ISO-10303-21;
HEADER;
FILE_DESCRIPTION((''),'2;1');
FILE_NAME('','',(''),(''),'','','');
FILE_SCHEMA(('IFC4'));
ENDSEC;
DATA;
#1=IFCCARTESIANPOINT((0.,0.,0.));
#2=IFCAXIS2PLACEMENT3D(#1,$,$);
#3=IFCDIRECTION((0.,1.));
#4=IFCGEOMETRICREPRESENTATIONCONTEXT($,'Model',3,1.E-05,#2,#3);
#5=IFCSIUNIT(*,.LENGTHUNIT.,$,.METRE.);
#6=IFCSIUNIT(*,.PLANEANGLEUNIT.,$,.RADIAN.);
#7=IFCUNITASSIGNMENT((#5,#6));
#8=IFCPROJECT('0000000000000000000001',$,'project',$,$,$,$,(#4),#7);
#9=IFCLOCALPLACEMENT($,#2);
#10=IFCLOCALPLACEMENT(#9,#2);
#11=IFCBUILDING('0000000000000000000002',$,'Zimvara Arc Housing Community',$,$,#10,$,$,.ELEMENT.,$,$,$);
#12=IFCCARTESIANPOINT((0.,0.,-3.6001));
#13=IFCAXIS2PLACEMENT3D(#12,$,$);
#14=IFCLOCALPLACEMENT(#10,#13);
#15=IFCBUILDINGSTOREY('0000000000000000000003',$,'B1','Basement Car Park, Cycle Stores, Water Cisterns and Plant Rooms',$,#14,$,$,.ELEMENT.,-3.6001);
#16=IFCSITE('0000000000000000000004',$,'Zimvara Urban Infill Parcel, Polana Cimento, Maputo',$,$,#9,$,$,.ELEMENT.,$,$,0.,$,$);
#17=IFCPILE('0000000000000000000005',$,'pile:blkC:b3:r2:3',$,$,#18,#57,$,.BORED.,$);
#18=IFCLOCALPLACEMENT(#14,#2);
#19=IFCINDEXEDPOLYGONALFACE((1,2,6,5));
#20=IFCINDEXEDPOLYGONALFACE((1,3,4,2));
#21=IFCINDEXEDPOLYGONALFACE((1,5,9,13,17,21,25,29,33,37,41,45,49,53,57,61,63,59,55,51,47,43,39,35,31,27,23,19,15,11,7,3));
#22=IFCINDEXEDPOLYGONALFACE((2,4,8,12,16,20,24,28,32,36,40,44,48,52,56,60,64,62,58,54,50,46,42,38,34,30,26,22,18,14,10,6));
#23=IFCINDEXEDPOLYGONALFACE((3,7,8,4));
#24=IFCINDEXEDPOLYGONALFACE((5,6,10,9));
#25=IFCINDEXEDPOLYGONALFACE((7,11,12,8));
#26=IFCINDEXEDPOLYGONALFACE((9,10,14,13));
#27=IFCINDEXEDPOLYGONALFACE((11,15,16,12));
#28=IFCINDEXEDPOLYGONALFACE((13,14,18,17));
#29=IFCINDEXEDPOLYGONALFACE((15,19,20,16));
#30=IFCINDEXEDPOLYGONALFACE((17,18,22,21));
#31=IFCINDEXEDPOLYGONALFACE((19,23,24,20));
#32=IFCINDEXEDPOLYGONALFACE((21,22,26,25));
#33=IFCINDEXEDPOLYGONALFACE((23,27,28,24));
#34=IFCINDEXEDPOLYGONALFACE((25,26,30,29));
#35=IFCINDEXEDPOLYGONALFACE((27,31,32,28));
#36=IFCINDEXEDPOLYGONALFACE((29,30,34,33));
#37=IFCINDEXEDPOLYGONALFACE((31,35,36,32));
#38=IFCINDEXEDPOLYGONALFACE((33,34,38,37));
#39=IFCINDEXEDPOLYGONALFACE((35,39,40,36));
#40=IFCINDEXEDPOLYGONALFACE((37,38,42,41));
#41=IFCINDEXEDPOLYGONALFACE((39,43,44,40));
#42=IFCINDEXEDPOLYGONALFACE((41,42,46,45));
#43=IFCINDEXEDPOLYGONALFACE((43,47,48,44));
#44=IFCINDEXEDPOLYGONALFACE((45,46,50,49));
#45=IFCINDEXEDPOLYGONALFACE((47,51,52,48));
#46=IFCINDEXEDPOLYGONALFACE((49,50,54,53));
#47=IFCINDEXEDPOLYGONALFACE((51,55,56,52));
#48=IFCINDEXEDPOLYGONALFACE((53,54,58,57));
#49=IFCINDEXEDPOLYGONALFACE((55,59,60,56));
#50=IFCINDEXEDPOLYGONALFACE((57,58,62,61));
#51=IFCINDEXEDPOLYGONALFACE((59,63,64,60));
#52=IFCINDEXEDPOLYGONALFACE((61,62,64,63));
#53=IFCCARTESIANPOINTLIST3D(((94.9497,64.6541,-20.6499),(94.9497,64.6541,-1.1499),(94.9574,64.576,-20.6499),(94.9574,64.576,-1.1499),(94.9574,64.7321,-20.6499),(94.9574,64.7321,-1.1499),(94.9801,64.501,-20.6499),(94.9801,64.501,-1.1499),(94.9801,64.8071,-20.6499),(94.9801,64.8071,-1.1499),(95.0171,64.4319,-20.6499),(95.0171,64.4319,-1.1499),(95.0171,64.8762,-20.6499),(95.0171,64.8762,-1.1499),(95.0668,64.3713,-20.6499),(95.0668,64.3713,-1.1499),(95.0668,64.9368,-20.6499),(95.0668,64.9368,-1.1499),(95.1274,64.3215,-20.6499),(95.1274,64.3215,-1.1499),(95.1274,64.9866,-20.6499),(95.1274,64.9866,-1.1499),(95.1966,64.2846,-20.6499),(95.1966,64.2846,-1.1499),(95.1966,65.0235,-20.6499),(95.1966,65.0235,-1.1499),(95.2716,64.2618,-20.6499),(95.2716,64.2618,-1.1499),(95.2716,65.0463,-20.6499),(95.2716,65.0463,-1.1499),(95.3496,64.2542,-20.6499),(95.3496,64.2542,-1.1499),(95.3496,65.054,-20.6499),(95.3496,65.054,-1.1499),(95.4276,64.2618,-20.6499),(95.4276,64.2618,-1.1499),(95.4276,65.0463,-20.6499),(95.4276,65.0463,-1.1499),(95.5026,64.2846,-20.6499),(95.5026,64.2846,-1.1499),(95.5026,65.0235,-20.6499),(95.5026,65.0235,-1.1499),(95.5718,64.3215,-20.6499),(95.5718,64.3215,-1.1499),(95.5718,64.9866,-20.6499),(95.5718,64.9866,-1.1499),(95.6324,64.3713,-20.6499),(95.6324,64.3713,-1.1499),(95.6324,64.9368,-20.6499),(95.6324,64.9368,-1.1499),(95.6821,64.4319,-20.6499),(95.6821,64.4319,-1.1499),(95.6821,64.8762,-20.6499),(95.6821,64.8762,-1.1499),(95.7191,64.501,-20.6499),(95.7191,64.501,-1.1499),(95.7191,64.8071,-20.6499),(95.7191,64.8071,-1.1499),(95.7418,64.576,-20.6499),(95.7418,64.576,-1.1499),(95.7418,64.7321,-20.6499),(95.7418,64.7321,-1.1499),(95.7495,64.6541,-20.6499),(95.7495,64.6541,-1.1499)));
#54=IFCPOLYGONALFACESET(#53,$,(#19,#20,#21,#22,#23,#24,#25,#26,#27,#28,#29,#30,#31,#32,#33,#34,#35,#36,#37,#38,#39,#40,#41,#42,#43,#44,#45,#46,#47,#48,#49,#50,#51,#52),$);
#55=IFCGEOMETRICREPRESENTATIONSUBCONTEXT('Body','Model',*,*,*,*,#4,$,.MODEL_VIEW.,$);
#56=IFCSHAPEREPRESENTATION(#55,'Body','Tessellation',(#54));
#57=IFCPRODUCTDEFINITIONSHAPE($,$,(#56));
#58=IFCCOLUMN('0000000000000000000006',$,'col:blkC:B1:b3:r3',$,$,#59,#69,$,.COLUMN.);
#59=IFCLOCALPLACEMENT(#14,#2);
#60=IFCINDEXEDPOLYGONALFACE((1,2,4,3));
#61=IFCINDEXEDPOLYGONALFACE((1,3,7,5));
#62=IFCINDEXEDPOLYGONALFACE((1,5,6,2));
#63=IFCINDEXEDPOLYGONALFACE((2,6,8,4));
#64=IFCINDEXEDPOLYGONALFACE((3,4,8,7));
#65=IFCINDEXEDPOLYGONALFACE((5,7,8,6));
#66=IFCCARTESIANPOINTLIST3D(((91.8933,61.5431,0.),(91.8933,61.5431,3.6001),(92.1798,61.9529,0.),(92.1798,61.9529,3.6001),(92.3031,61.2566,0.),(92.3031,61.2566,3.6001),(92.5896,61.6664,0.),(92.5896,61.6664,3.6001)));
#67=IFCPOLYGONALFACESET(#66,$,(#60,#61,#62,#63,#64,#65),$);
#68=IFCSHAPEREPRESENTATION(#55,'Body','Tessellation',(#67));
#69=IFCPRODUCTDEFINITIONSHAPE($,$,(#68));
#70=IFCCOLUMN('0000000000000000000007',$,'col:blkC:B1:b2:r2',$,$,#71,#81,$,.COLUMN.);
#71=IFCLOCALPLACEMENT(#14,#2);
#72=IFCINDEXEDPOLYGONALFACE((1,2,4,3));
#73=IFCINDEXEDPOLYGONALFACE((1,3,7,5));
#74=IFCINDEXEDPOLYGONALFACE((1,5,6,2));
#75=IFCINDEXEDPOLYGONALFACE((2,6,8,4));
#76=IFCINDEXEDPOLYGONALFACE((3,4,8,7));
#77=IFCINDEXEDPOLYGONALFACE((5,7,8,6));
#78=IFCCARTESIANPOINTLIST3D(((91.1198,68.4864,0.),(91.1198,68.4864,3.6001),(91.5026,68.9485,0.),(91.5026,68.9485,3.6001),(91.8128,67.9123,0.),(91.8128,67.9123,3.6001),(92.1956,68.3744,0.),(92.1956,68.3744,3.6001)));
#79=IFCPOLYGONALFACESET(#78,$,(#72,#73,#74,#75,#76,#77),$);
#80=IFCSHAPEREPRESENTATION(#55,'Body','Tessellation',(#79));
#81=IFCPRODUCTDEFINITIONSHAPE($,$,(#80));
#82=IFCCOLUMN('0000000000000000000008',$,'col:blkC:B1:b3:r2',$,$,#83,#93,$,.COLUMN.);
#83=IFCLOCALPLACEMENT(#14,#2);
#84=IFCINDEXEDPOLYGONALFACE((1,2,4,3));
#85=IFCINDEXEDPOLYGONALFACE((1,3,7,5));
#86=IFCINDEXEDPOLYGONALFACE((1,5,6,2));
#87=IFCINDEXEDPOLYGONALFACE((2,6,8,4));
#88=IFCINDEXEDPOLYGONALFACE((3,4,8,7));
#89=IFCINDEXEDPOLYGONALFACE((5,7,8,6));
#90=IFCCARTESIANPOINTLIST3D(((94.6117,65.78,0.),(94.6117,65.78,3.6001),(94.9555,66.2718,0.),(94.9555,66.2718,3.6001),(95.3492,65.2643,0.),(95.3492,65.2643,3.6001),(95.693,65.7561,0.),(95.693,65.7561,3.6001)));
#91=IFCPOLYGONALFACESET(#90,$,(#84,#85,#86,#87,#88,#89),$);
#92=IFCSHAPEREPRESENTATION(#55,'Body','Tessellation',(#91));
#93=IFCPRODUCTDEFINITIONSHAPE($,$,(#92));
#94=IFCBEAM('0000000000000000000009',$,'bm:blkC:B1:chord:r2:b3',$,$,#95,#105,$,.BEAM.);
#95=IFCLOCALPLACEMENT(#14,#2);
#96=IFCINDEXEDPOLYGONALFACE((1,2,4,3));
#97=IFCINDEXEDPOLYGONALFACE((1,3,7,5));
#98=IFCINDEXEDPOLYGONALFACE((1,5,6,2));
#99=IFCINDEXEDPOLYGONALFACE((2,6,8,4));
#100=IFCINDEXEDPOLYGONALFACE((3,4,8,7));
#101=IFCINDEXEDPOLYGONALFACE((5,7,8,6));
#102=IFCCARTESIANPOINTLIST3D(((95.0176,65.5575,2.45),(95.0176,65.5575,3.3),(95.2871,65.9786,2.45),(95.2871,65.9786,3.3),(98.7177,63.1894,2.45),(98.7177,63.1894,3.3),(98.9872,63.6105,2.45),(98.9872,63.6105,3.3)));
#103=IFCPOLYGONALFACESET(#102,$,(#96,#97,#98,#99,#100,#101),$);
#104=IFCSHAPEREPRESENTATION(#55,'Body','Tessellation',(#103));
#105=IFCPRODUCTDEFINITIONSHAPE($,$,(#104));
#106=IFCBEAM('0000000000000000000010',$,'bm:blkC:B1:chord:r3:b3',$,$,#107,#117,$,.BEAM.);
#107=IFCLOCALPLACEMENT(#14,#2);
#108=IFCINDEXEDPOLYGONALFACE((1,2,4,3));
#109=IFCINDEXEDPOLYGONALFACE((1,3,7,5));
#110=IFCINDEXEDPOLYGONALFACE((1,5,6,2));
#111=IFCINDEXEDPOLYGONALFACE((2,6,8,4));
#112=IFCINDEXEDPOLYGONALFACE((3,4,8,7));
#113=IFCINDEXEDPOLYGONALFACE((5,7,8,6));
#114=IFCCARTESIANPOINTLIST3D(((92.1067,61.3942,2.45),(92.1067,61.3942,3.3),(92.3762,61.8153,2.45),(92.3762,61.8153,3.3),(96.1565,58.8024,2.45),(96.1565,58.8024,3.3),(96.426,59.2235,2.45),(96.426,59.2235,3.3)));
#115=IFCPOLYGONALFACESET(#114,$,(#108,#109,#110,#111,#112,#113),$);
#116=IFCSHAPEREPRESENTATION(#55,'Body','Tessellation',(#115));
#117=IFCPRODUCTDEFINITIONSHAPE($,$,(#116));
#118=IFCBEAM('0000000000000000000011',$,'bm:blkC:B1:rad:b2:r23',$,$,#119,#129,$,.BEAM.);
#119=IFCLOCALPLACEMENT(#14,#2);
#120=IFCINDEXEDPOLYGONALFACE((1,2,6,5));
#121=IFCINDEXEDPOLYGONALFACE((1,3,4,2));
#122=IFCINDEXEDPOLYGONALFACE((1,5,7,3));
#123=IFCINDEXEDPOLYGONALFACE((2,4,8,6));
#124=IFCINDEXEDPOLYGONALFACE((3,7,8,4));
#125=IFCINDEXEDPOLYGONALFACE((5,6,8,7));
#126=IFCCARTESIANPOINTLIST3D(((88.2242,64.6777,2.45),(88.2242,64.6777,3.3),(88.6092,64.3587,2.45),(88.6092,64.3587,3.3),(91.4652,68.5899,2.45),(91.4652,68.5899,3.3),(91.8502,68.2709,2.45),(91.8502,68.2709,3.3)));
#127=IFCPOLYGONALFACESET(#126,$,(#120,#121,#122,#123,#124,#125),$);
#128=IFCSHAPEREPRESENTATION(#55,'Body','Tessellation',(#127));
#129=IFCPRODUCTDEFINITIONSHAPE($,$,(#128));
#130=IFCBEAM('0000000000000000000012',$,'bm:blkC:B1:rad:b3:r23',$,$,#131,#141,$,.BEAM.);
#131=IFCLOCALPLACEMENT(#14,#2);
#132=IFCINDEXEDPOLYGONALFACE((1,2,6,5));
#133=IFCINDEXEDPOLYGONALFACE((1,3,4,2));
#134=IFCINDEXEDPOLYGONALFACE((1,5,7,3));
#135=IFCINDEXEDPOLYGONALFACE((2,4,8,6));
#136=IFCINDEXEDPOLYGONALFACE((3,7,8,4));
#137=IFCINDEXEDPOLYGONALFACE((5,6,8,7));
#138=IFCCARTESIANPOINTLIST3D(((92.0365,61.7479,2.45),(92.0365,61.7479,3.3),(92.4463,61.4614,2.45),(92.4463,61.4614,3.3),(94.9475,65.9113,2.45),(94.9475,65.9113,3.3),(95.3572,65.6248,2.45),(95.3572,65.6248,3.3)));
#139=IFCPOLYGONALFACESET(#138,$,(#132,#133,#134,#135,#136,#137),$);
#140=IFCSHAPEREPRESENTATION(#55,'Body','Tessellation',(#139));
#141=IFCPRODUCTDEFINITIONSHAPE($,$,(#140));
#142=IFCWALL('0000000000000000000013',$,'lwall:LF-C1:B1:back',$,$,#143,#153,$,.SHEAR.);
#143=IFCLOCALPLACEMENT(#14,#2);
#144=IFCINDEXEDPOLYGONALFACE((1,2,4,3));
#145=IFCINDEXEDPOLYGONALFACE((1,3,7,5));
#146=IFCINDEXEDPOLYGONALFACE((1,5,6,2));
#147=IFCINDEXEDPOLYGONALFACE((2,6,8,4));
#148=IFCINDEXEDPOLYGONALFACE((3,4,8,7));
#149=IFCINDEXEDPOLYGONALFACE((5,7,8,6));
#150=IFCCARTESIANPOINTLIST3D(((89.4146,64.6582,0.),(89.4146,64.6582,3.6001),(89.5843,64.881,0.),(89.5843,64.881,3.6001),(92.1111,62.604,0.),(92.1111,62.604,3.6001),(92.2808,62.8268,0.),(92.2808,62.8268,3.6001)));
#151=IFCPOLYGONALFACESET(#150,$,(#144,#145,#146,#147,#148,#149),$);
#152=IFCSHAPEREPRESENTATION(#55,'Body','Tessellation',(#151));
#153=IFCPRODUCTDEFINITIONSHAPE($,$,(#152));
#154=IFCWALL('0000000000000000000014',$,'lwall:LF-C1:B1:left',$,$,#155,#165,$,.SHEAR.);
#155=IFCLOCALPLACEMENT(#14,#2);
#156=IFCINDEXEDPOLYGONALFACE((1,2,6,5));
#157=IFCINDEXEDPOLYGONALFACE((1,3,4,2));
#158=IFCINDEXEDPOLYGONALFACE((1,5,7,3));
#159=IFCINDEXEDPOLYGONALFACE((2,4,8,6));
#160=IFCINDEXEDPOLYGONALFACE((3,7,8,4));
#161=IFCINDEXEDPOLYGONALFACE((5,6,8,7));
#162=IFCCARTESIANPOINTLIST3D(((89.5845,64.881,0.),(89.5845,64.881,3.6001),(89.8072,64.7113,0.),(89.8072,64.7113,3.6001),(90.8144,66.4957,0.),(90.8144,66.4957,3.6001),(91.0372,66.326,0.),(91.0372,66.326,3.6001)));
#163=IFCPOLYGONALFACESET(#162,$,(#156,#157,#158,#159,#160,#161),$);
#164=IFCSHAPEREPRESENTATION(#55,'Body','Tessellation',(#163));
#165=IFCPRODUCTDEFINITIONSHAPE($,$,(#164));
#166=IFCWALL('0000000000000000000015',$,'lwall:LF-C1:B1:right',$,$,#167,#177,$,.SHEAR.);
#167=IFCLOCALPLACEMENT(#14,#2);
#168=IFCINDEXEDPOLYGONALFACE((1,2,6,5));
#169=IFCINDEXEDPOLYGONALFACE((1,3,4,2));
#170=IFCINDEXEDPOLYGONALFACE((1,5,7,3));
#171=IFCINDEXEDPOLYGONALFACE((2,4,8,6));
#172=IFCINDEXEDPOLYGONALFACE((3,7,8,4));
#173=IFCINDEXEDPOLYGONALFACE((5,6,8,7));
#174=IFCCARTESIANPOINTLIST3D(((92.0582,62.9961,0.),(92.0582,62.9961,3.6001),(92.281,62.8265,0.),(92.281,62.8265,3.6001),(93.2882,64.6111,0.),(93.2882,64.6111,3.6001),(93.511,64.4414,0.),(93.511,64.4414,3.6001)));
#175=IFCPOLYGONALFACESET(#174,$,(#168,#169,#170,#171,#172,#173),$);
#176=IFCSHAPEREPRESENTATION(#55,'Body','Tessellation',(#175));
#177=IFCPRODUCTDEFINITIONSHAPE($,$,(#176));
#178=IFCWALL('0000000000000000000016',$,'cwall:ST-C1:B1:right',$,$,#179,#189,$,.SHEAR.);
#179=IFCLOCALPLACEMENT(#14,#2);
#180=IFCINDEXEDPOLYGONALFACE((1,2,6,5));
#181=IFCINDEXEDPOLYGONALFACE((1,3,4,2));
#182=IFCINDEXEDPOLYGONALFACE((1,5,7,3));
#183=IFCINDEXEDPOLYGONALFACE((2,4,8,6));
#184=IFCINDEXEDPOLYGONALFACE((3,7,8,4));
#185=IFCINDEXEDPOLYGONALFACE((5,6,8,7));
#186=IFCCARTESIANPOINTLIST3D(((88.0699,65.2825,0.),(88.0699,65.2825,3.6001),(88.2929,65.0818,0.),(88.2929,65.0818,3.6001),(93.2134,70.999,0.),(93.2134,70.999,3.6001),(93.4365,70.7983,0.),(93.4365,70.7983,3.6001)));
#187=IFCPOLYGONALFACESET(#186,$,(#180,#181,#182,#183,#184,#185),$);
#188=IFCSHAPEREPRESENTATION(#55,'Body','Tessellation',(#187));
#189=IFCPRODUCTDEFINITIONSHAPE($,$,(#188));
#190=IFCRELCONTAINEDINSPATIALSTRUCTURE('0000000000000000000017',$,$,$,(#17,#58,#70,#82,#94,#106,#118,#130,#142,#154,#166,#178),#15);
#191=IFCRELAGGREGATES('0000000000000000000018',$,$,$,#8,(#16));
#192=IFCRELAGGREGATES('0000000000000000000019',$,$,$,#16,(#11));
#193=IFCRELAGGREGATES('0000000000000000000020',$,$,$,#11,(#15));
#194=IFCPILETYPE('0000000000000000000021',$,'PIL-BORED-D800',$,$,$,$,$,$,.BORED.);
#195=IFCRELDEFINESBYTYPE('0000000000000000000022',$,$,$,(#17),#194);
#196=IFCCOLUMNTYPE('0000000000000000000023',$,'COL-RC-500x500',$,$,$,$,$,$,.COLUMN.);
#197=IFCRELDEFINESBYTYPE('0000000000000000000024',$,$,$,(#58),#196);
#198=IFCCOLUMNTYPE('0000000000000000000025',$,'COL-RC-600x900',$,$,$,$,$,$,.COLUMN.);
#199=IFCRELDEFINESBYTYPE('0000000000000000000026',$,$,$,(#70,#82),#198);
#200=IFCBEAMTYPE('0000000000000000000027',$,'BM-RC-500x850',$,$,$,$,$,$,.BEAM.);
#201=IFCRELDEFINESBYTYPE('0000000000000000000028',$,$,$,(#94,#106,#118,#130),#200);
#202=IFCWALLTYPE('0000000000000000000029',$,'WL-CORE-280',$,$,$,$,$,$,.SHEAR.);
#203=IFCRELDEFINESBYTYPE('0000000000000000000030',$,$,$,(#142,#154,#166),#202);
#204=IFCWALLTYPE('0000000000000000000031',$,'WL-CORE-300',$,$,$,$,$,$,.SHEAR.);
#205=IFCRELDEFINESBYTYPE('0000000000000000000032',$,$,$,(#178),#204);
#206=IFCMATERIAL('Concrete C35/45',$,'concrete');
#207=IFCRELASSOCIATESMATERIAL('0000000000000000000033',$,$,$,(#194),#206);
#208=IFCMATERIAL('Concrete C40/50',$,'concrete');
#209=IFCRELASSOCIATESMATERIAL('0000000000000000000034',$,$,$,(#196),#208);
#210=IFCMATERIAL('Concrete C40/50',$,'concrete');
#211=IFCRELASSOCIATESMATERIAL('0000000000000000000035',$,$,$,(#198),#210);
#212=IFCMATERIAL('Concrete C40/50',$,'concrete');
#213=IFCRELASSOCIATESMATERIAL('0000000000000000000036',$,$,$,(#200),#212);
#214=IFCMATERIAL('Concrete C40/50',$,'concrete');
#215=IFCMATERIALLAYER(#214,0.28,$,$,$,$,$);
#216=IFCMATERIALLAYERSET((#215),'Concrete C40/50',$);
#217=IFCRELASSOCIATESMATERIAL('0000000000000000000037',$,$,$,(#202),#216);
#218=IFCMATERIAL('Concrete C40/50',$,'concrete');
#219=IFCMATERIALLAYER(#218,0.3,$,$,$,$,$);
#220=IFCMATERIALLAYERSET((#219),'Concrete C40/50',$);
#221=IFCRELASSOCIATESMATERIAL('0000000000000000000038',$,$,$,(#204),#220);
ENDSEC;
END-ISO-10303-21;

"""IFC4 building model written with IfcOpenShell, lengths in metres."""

from ifc_helpers import new_model, si_unit, direction, frame, frame_2d, origin, origin_2d, place, context, subcontext, project, spatial, rectangle, circle, extrude, material, layer, layer_set, material_profile, profile_set, type_object, element, save


model = new_model("IFC4")

# Units and contexts
model_context = context("Model", 3, precision=1e-05, world=origin(), true_north=direction((0.0, 1.0)))
body_context = subcontext(model_context, "Body", "Model", "MODEL_VIEW")
ifc_project = project(units=[si_unit("LENGTHUNIT", "METRE"), si_unit("PLANEANGLEUNIT", "RADIAN")], contexts=[model_context])

# Site, building, storey
site_placement = place(None, origin())
site = spatial("IfcSite", under=ifc_project, at=site_placement, Name="Zimvara Urban Infill Parcel, Polana Cimento, Maputo", CompositionType="ELEMENT", RefElevation=0.0)
building_placement = place(site_placement, origin())
building = spatial("IfcBuilding", under=site, at=building_placement, Name="Zimvara Arc Housing Community", CompositionType="ELEMENT")
storey_placement = place(building_placement, frame((0.0, 0.0, -3.6001)))
storey = spatial("IfcBuildingStorey", under=building, at=storey_placement, Name="B1", Description="Basement Car Park, Cycle Stores, Water Cisterns and Plant Rooms", CompositionType="ELEMENT", Elevation=-3.6001)

# Pile
ifc_material_1 = material(Name="Concrete C35/45", Category="concrete")
ifc_material_profile_1 = material_profile(ifc_material_1, circle(Radius=0.3999, at=origin_2d()), Name="PILE D800")
ifc_profile_set_1 = profile_set([ifc_material_profile_1], Name="Concrete C35/45")
pile_type_1 = type_object("IfcPileType", Name="PIL-BORED-D800", PredefinedType="BORED", material=ifc_profile_set_1)
for number, where, z_axis, x_axis, name in (
    (1, (95.3496, 64.6541, -1.1499), (0.0, 0.0, -1.0), (1.0, 0.0, 0.0), "pile:blkC:b3:r2:3"),
):
    element("IfcPile", number, at=place(storey_placement, frame(where, z_axis=z_axis, x_axis=x_axis)), inside=storey, type_object=pile_type_1, Name=name, PredefinedType="BORED", context=body_context, shape_type="SweptSolid", body=[
        extrude(circle(Radius=0.3999, at=origin_2d()), origin(), (0.0, 0.0, 1.0), 19.5),
    ])

# Columns
ifc_material_2 = material(Name="Concrete C40/50", Category="concrete")
ifc_material_profile_2 = material_profile(ifc_material_2, rectangle(XDim=0.5, YDim=0.5, at=origin_2d()), Name="RC 500x500")
ifc_profile_set_2 = profile_set([ifc_material_profile_2], Name="Concrete C40/50")
column_type_1 = type_object("IfcColumnType", Name="COL-RC-500x500", PredefinedType="COLUMN", material=ifc_profile_set_2)
column_placement = place(storey_placement, frame((92.2415, 61.6047, 0.0), z_axis=(0.0, 0.0, 1.0), x_axis=(-0.573004, -0.819552, 0.0)))
element("IfcColumn", 2, at=column_placement, inside=storey, type_object=column_type_1, Name="col:blkC:B1:b3:r3", PredefinedType="COLUMN", context=body_context, shape_type="SweptSolid", body=[
    extrude(rectangle(XDim=0.5, YDim=0.5, at=origin_2d()), origin(), (0.0, 0.0, 1.0), 3.6001),
])
ifc_material_3 = material(Name="Concrete C40/50", Category="concrete")
ifc_material_profile_3 = material_profile(ifc_material_3, rectangle(XDim=0.6001, YDim=0.8999, at=origin_2d()), Name="RC 600x900")
ifc_profile_set_3 = profile_set([ifc_material_profile_3], Name="Concrete C40/50")
column_type_2 = type_object("IfcColumnType", Name="COL-RC-600x900", PredefinedType="COLUMN", material=ifc_profile_set_3)
for number, where, z_axis, x_axis, name in (
    (3, (91.6577, 68.4304, 0.0), (0.0, 0.0, 1.0), (-0.637962, -0.770068, 0.0), "col:blkC:B1:b2:r2"),
    (4, (95.1523, 65.7681, 0.0), (0.0, 0.0, 1.0), (-0.573004, -0.819552, 0.0), "col:blkC:B1:b3:r2"),
):
    element("IfcColumn", number, at=place(storey_placement, frame(where, z_axis=z_axis, x_axis=x_axis)), inside=storey, type_object=column_type_2, Name=name, PredefinedType="COLUMN", context=body_context, shape_type="SweptSolid", body=[
        extrude(rectangle(XDim=0.6001, YDim=0.8999, at=origin_2d()), origin(), (0.0, 0.0, 1.0), 3.6001),
    ])

# Beams
ifc_material_4 = material(Name="Concrete C40/50", Category="concrete")
ifc_material_profile_4 = material_profile(ifc_material_4, rectangle(XDim=0.5, YDim=0.8501, at=origin_2d()), Name="RC 500x850")
ifc_profile_set_4 = profile_set([ifc_material_profile_4], Name="Concrete C40/50")
beam_type = type_object("IfcBeamType", Name="BM-RC-500x850", PredefinedType="BEAM", material=ifc_profile_set_4)
beam_1_placement = place(storey_placement, frame((95.1523, 65.7681, 2.875), z_axis=(0.842267, -0.53906, 0.0), x_axis=(0.53906, 0.842267, 0.0)))
element("IfcBeam", 5, at=beam_1_placement, inside=storey, type_object=beam_type, Name="bm:blkC:B1:chord:r2:b3", PredefinedType="BEAM", context=body_context, shape_type="SweptSolid", body=[
    extrude(rectangle(XDim=0.5, YDim=0.8501, at=origin_2d()), origin(), (0.0, 0.0, 1.0), 4.3931),
])
beam_2_placement = place(storey_placement, frame((92.2415, 61.6047, 2.875), z_axis=(0.842279, -0.539042, 0.0), x_axis=(0.539042, 0.842279, 0.0)))
element("IfcBeam", 6, at=beam_2_placement, inside=storey, type_object=beam_type, Name="bm:blkC:B1:chord:r3:b3", PredefinedType="BEAM", context=body_context, shape_type="SweptSolid", body=[
    extrude(rectangle(XDim=0.5, YDim=0.8501, at=origin_2d()), origin(), (0.0, 0.0, 1.0), 4.8081),
])
beam_3_placement = place(storey_placement, frame((91.6577, 68.4304, 2.875), z_axis=(-0.63796, -0.770069, 0.0), x_axis=(0.770069, -0.63796, 0.0)))
element("IfcBeam", 7, at=beam_3_placement, inside=storey, type_object=beam_type, Name="bm:blkC:B1:rad:b2:r23", PredefinedType="BEAM", context=body_context, shape_type="SweptSolid", body=[
    extrude(rectangle(XDim=0.5, YDim=0.8501, at=origin_2d()), origin(), (0.0, 0.0, 1.0), 5.0803),
])
beam_4_placement = place(storey_placement, frame((95.1523, 65.7681, 2.875), z_axis=(-0.573007, -0.81955, 0.0), x_axis=(0.81955, -0.573007, 0.0)))
element("IfcBeam", 8, at=beam_4_placement, inside=storey, type_object=beam_type, Name="bm:blkC:B1:rad:b3:r23", PredefinedType="BEAM", context=body_context, shape_type="SweptSolid", body=[
    extrude(rectangle(XDim=0.5, YDim=0.8501, at=origin_2d()), origin(), (0.0, 0.0, 1.0), 5.0801),
])

# Shared definitions
ifc_material_5 = material(Name="Concrete C40/50", Category="concrete")
ifc_layer_1 = layer(ifc_material_5, 0.28)
ifc_layer_set_1 = layer_set([ifc_layer_1], Name="Concrete C40/50")
wall_type_1 = type_object("IfcWallType", Name="WL-CORE-280", PredefinedType="SHEAR", material=ifc_layer_set_1)

# Walls
wall_1_placement = place(storey_placement, frame((89.4995, 64.7695, 0.0), z_axis=(0.0, 0.0, 1.0), x_axis=(0.795475, -0.605987, 0.0)))
element("IfcWall", 9, at=wall_1_placement, inside=storey, type_object=wall_type_1, Name="lwall:LF-C1:B1:back", PredefinedType="SHEAR", context=body_context, shape_type="SweptSolid", body=[
    extrude(rectangle(XDim=3.3899, YDim=0.28, at=frame_2d((1.6948, 0.0))), origin(), (0.0, 0.0, 1.0), 3.6001),
])
wall_2_placement = place(storey_placement, frame((90.9258, 66.4109, 0.0), z_axis=(0.0, 0.0, 1.0), x_axis=(-0.605949, -0.795504, 0.0)))
element("IfcWall", 10, at=wall_2_placement, inside=storey, type_object=wall_type_1, Name="lwall:LF-C1:B1:left", PredefinedType="SHEAR", context=body_context, shape_type="SweptSolid", body=[
    extrude(rectangle(XDim=2.0298, YDim=0.28, at=frame_2d((1.0149, 0.0))), origin(), (0.0, 0.0, 1.0), 3.6001),
])
wall_3_placement = place(storey_placement, frame((93.3997, 64.5264, 0.0), z_axis=(0.0, 0.0, 1.0), x_axis=(-0.605891, -0.795548, 0.0)))
element("IfcWall", 11, at=wall_3_placement, inside=storey, type_object=wall_type_1, Name="lwall:LF-C1:B1:right", PredefinedType="SHEAR", context=body_context, shape_type="SweptSolid", body=[
    extrude(rectangle(XDim=2.03, YDim=0.28, at=frame_2d((1.0151, 0.0))), origin(), (0.0, 0.0, 1.0), 3.6001),
])
ifc_material_6 = material(Name="Concrete C40/50", Category="concrete")
ifc_layer_2 = layer(ifc_material_6, 0.3)
ifc_layer_set_2 = layer_set([ifc_layer_2], Name="Concrete C40/50")
wall_type_2 = type_object("IfcWallType", Name="WL-CORE-300", PredefinedType="SHEAR", material=ifc_layer_set_2)
wall_4_placement = place(storey_placement, frame((93.325, 70.8987, 0.0), z_axis=(0.0, 0.0, 1.0), x_axis=(-0.668868, -0.743381, 0.0)))
element("IfcWall", 12, at=wall_4_placement, inside=storey, type_object=wall_type_2, Name="cwall:ST-C1:B1:right", PredefinedType="SHEAR", context=body_context, shape_type="SweptSolid", body=[
    extrude(rectangle(XDim=7.6899, YDim=0.3, at=frame_2d((3.845, 0.0))), origin(), (0.0, 0.0, 1.0), 3.6001),
])

save(model, "model.ifc")
